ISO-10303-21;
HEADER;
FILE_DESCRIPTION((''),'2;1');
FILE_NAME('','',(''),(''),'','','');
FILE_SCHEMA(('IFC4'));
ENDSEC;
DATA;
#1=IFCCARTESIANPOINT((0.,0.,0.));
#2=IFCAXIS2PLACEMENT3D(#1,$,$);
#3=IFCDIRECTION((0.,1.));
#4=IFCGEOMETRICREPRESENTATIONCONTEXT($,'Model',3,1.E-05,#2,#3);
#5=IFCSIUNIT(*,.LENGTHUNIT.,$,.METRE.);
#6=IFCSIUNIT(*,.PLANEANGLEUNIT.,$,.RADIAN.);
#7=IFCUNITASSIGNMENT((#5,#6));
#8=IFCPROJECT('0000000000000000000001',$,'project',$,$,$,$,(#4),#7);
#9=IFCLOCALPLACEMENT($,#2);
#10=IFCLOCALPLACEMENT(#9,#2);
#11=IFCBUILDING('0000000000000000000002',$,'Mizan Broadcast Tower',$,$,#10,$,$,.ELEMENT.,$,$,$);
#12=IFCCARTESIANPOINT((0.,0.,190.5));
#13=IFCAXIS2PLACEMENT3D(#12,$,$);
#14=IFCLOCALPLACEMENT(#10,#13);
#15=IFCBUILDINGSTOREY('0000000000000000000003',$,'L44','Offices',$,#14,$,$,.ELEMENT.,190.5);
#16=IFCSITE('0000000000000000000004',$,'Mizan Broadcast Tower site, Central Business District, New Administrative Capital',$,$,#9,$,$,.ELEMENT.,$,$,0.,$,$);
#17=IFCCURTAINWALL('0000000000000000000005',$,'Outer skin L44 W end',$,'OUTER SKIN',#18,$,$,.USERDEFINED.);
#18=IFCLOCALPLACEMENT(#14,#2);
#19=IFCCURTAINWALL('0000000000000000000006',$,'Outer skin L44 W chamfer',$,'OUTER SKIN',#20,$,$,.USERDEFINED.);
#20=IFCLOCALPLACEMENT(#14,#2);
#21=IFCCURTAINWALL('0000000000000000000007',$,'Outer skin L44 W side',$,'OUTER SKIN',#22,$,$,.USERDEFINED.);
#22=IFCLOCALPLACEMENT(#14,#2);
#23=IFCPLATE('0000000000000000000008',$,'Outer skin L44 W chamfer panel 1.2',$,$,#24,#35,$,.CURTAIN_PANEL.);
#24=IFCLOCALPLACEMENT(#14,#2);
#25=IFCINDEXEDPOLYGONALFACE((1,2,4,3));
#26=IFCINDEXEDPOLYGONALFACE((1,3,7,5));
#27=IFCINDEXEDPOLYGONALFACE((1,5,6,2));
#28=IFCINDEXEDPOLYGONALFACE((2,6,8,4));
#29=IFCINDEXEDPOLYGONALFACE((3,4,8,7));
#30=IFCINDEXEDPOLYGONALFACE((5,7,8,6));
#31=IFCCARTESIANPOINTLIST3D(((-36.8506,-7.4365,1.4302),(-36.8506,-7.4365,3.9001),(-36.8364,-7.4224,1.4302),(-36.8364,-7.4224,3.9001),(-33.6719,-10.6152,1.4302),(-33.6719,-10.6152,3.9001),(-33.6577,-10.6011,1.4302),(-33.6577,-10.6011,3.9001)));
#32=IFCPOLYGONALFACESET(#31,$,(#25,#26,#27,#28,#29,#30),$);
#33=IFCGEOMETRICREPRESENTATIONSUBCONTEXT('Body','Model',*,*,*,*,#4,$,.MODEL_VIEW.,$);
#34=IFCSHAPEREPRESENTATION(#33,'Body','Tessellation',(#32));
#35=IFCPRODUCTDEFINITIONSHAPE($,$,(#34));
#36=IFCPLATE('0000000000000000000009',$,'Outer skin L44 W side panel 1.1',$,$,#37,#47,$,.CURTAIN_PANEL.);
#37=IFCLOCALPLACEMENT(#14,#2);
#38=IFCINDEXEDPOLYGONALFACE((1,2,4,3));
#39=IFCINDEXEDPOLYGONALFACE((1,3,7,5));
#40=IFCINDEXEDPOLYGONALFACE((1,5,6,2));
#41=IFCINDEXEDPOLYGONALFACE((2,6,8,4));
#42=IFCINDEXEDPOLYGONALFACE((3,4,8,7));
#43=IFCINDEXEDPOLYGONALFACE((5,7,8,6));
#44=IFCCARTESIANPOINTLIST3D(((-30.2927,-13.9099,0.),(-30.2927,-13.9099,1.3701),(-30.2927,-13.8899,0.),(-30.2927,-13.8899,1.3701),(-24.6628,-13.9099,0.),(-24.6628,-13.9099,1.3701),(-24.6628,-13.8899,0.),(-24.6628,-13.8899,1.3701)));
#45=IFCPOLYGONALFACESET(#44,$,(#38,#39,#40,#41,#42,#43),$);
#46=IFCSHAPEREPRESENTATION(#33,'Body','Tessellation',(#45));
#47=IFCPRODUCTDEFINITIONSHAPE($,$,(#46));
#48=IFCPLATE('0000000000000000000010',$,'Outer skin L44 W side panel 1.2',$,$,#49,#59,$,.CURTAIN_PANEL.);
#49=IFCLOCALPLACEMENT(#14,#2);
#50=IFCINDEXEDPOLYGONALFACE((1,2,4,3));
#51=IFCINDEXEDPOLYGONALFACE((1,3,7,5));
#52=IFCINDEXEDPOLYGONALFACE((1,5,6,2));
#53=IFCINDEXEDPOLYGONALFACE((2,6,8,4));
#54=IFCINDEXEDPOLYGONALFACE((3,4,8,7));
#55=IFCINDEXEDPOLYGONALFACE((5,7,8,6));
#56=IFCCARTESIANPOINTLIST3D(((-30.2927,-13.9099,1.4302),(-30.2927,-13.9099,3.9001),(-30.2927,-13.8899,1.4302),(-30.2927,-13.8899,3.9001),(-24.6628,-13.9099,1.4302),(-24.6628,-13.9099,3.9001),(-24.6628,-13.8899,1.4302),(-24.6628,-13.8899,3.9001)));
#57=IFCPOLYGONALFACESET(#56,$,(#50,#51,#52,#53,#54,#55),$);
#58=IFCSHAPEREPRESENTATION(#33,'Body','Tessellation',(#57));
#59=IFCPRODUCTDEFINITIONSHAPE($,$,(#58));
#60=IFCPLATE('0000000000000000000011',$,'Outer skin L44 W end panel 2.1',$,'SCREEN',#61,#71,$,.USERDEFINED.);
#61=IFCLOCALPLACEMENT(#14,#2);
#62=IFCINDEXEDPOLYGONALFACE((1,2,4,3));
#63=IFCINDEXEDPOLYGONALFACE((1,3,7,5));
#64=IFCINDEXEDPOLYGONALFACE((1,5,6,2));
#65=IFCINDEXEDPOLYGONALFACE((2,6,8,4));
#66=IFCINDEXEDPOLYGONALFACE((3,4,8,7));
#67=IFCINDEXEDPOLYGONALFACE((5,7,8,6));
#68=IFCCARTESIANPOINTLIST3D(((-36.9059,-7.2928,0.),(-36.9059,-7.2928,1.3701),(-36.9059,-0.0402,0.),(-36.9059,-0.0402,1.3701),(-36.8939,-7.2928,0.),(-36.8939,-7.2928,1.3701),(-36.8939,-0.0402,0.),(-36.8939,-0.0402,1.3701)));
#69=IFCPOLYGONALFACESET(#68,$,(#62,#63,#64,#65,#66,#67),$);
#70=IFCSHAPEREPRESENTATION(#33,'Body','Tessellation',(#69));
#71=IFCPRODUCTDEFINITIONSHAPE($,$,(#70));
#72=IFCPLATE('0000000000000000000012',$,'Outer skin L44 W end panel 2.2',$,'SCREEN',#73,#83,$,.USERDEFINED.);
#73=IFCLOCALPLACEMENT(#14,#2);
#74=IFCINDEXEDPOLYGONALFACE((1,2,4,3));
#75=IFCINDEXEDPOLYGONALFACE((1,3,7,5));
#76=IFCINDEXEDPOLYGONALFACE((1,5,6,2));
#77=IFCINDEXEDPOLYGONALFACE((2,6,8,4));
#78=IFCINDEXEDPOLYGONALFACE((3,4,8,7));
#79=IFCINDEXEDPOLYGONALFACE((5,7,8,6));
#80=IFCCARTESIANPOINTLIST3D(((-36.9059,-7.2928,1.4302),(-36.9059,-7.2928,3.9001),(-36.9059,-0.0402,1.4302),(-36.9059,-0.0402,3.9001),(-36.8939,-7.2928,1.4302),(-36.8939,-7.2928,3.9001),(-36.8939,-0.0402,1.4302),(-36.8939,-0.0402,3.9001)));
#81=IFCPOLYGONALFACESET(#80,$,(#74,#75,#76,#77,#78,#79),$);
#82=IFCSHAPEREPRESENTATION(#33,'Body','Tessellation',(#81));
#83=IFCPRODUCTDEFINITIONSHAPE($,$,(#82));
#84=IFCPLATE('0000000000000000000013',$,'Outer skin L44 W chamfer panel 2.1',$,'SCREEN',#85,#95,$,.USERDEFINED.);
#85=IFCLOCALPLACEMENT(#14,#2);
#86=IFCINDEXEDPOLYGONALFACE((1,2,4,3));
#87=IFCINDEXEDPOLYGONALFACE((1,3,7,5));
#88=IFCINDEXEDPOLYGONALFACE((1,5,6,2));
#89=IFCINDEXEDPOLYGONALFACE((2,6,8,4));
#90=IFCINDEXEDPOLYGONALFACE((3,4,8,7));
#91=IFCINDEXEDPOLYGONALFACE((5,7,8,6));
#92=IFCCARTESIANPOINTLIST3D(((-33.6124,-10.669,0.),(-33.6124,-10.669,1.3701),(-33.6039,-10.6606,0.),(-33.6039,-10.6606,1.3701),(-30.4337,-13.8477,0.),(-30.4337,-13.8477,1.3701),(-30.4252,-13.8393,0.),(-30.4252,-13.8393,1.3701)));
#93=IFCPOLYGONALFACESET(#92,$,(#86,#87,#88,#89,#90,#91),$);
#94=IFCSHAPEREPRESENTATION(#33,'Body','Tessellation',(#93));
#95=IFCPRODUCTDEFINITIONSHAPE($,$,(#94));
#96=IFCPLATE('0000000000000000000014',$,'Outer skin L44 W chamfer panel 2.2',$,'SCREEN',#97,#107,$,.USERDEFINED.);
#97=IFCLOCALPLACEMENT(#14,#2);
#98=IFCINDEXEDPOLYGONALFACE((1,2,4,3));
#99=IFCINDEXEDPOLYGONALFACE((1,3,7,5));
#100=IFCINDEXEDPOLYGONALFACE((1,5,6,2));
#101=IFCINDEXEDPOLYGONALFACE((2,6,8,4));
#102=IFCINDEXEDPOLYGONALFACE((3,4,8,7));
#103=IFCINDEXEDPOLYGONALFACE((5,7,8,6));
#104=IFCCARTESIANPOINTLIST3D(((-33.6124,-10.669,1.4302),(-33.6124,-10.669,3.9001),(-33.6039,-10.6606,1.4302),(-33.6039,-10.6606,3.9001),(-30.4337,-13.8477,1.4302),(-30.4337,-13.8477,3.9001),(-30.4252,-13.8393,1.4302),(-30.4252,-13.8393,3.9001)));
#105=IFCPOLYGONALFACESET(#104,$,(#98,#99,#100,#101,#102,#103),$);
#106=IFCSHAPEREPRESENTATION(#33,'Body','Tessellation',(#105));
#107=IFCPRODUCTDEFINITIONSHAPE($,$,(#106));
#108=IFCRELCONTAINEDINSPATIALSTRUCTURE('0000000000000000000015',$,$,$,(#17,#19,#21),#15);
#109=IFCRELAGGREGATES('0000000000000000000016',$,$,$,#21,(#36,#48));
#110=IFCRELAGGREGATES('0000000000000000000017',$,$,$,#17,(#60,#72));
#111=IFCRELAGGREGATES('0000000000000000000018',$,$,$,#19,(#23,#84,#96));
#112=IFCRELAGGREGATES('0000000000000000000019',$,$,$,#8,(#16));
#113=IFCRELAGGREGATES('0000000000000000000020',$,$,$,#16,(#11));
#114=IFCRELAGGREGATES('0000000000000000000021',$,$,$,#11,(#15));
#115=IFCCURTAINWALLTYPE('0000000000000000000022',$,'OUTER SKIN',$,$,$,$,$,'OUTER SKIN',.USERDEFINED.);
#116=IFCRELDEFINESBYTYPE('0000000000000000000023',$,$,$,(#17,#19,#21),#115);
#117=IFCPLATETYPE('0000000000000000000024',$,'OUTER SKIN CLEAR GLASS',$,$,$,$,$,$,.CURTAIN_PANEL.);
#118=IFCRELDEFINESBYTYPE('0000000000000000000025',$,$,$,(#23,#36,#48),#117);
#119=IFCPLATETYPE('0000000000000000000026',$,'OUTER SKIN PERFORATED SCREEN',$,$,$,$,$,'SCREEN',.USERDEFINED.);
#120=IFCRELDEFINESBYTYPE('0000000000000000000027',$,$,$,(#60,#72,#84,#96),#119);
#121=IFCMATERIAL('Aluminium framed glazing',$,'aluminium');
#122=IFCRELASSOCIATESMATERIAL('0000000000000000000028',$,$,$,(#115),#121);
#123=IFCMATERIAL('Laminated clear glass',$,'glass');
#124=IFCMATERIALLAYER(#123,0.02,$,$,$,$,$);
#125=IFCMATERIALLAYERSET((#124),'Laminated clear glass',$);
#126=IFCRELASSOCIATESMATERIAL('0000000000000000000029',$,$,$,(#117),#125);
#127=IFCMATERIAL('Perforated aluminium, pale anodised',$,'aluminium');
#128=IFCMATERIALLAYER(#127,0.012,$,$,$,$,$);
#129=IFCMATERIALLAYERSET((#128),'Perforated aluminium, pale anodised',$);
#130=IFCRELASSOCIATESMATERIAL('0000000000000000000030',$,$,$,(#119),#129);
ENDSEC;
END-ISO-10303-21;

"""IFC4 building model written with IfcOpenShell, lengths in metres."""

from ifc_helpers import new_model, si_unit, direction, frame, origin, origin_2d, place, context, subcontext, project, spatial, rectangle, extrude, material, layer, layer_set, type_object, element, aggregate, save


model = new_model("IFC4")

# Units and contexts
model_context = context("Model", 3, precision=1e-05, world=origin(), true_north=direction((0.0, 1.0)))
body_context = subcontext(model_context, "Body", "Model", "MODEL_VIEW")
ifc_project = project(units=[si_unit("LENGTHUNIT", "METRE"), si_unit("PLANEANGLEUNIT", "RADIAN")], contexts=[model_context])

# Site, building, storey
site_placement = place(None, origin())
site = spatial("IfcSite", under=ifc_project, at=site_placement, Name="Mizan Broadcast Tower site, Central Business District, New Administrative Capital", CompositionType="ELEMENT", RefElevation=0.0)
building_placement = place(site_placement, origin())
building = spatial("IfcBuilding", under=site, at=building_placement, Name="Mizan Broadcast Tower", CompositionType="ELEMENT")
storey_placement = place(building_placement, frame((0.0, 0.0, 190.5)))
storey = spatial("IfcBuildingStorey", under=building, at=storey_placement, Name="L44", Description="Offices", CompositionType="ELEMENT", Elevation=190.5)

# Curtain walls
ifc_material_1 = material(Name="Aluminium framed glazing", Category="aluminium")
curtain_wall_type_1 = type_object("IfcCurtainWallType", Name="OUTER SKIN", ElementType="OUTER SKIN", PredefinedType="USERDEFINED", material=ifc_material_1)
curtain_wall_1_placement = place(storey_placement, origin())
curtain_wall_1 = element("IfcCurtainWall", 1, at=curtain_wall_1_placement, inside=storey, type_object=curtain_wall_type_1, Name="Outer skin L44 W end", ObjectType="OUTER SKIN", PredefinedType="USERDEFINED")
curtain_wall_2_placement = place(storey_placement, origin())
curtain_wall_2 = element("IfcCurtainWall", 2, at=curtain_wall_2_placement, inside=storey, type_object=curtain_wall_type_1, Name="Outer skin L44 W chamfer", ObjectType="OUTER SKIN", PredefinedType="USERDEFINED")

# Curtain wall
curtain_wall_3_placement = place(storey_placement, origin())
curtain_wall_3 = element("IfcCurtainWall", 3, at=curtain_wall_3_placement, inside=storey, type_object=curtain_wall_type_1, Name="Outer skin L44 W side", ObjectType="OUTER SKIN", PredefinedType="USERDEFINED")

# Plates
ifc_material_2 = material(Name="Laminated clear glass", Category="glass")
ifc_layer_1 = layer(ifc_material_2, 0.02)
ifc_layer_set_1 = layer_set([ifc_layer_1], Name="Laminated clear glass")
plate_type_1 = type_object("IfcPlateType", Name="OUTER SKIN CLEAR GLASS", PredefinedType="CURTAIN_PANEL", material=ifc_layer_set_1)
plate_1_placement = place(storey_placement, frame((-35.2542, -9.0188, 1.4302), z_axis=(0.0, 0.0, 1.0), x_axis=(0.707107, -0.707107, 0.0)))
plate_1 = element("IfcPlate", 4, at=plate_1_placement, type_object=plate_type_1, Name="Outer skin L44 W chamfer panel 1.2", PredefinedType="CURTAIN_PANEL", context=body_context, shape_type="SweptSolid", body=[
    extrude(rectangle(XDim=4.4954, YDim=0.02, at=origin_2d()), origin(), (0.0, 0.0, 1.0), 2.47),
])
plate_2_placement = place(storey_placement, frame((-27.4778, -13.8999, 0.0), z_axis=(0.0, 0.0, 1.0), x_axis=(1.0, 0.0, 0.0)))
plate_2 = element("IfcPlate", 5, at=plate_2_placement, type_object=plate_type_1, Name="Outer skin L44 W side panel 1.1", PredefinedType="CURTAIN_PANEL", context=body_context, shape_type="SweptSolid", body=[
    extrude(rectangle(XDim=5.6299, YDim=0.02, at=origin_2d()), origin(), (0.0, 0.0, 1.0), 1.3701),
])
plate_3_placement = place(storey_placement, frame((-27.4778, -13.8999, 1.4302), z_axis=(0.0, 0.0, 1.0), x_axis=(1.0, 0.0, 0.0)))
plate_3 = element("IfcPlate", 6, at=plate_3_placement, type_object=plate_type_1, Name="Outer skin L44 W side panel 1.2", PredefinedType="CURTAIN_PANEL", context=body_context, shape_type="SweptSolid", body=[
    extrude(rectangle(XDim=5.6299, YDim=0.02, at=origin_2d()), origin(), (0.0, 0.0, 1.0), 2.47),
])
aggregate(curtain_wall_3, [plate_2, plate_3])
ifc_material_3 = material(Name="Perforated aluminium, pale anodised", Category="aluminium")
ifc_layer_2 = layer(ifc_material_3, 0.012)
ifc_layer_set_2 = layer_set([ifc_layer_2], Name="Perforated aluminium, pale anodised")
plate_type_2 = type_object("IfcPlateType", Name="OUTER SKIN PERFORATED SCREEN", ElementType="SCREEN", PredefinedType="USERDEFINED", material=ifc_layer_set_2)
plate_4_placement = place(storey_placement, frame((-36.8999, -3.6665, 0.0), z_axis=(0.0, 0.0, 1.0), x_axis=(0.0, -1.0, 0.0)))
plate_4 = element("IfcPlate", 7, at=plate_4_placement, type_object=plate_type_2, Name="Outer skin L44 W end panel 2.1", ObjectType="SCREEN", PredefinedType="USERDEFINED", context=body_context, shape_type="SweptSolid", body=[
    extrude(rectangle(XDim=7.2527, YDim=0.012, at=origin_2d()), origin(), (0.0, 0.0, 1.0), 1.3701),
])
plate_5_placement = place(storey_placement, frame((-36.8999, -3.6665, 1.4302), z_axis=(0.0, 0.0, 1.0), x_axis=(0.0, -1.0, 0.0)))
plate_5 = element("IfcPlate", 8, at=plate_5_placement, type_object=plate_type_2, Name="Outer skin L44 W end panel 2.2", ObjectType="SCREEN", PredefinedType="USERDEFINED", context=body_context, shape_type="SweptSolid", body=[
    extrude(rectangle(XDim=7.2527, YDim=0.012, at=origin_2d()), origin(), (0.0, 0.0, 1.0), 2.47),
])
aggregate(curtain_wall_1, [plate_4, plate_5])
plate_6_placement = place(storey_placement, frame((-32.0188, -12.2542, 0.0), z_axis=(0.0, 0.0, 1.0), x_axis=(0.707107, -0.707107, 0.0)))
plate_6 = element("IfcPlate", 9, at=plate_6_placement, type_object=plate_type_2, Name="Outer skin L44 W chamfer panel 2.1", ObjectType="SCREEN", PredefinedType="USERDEFINED", context=body_context, shape_type="SweptSolid", body=[
    extrude(rectangle(XDim=4.4954, YDim=0.012, at=origin_2d()), origin(), (0.0, 0.0, 1.0), 1.3701),
])
plate_7_placement = place(storey_placement, frame((-32.0188, -12.2542, 1.4302), z_axis=(0.0, 0.0, 1.0), x_axis=(0.707107, -0.707107, 0.0)))
plate_7 = element("IfcPlate", 10, at=plate_7_placement, type_object=plate_type_2, Name="Outer skin L44 W chamfer panel 2.2", ObjectType="SCREEN", PredefinedType="USERDEFINED", context=body_context, shape_type="SweptSolid", body=[
    extrude(rectangle(XDim=4.4954, YDim=0.012, at=origin_2d()), origin(), (0.0, 0.0, 1.0), 2.47),
])
aggregate(curtain_wall_2, [plate_1, plate_6, plate_7])

save(model, "model.ifc")
